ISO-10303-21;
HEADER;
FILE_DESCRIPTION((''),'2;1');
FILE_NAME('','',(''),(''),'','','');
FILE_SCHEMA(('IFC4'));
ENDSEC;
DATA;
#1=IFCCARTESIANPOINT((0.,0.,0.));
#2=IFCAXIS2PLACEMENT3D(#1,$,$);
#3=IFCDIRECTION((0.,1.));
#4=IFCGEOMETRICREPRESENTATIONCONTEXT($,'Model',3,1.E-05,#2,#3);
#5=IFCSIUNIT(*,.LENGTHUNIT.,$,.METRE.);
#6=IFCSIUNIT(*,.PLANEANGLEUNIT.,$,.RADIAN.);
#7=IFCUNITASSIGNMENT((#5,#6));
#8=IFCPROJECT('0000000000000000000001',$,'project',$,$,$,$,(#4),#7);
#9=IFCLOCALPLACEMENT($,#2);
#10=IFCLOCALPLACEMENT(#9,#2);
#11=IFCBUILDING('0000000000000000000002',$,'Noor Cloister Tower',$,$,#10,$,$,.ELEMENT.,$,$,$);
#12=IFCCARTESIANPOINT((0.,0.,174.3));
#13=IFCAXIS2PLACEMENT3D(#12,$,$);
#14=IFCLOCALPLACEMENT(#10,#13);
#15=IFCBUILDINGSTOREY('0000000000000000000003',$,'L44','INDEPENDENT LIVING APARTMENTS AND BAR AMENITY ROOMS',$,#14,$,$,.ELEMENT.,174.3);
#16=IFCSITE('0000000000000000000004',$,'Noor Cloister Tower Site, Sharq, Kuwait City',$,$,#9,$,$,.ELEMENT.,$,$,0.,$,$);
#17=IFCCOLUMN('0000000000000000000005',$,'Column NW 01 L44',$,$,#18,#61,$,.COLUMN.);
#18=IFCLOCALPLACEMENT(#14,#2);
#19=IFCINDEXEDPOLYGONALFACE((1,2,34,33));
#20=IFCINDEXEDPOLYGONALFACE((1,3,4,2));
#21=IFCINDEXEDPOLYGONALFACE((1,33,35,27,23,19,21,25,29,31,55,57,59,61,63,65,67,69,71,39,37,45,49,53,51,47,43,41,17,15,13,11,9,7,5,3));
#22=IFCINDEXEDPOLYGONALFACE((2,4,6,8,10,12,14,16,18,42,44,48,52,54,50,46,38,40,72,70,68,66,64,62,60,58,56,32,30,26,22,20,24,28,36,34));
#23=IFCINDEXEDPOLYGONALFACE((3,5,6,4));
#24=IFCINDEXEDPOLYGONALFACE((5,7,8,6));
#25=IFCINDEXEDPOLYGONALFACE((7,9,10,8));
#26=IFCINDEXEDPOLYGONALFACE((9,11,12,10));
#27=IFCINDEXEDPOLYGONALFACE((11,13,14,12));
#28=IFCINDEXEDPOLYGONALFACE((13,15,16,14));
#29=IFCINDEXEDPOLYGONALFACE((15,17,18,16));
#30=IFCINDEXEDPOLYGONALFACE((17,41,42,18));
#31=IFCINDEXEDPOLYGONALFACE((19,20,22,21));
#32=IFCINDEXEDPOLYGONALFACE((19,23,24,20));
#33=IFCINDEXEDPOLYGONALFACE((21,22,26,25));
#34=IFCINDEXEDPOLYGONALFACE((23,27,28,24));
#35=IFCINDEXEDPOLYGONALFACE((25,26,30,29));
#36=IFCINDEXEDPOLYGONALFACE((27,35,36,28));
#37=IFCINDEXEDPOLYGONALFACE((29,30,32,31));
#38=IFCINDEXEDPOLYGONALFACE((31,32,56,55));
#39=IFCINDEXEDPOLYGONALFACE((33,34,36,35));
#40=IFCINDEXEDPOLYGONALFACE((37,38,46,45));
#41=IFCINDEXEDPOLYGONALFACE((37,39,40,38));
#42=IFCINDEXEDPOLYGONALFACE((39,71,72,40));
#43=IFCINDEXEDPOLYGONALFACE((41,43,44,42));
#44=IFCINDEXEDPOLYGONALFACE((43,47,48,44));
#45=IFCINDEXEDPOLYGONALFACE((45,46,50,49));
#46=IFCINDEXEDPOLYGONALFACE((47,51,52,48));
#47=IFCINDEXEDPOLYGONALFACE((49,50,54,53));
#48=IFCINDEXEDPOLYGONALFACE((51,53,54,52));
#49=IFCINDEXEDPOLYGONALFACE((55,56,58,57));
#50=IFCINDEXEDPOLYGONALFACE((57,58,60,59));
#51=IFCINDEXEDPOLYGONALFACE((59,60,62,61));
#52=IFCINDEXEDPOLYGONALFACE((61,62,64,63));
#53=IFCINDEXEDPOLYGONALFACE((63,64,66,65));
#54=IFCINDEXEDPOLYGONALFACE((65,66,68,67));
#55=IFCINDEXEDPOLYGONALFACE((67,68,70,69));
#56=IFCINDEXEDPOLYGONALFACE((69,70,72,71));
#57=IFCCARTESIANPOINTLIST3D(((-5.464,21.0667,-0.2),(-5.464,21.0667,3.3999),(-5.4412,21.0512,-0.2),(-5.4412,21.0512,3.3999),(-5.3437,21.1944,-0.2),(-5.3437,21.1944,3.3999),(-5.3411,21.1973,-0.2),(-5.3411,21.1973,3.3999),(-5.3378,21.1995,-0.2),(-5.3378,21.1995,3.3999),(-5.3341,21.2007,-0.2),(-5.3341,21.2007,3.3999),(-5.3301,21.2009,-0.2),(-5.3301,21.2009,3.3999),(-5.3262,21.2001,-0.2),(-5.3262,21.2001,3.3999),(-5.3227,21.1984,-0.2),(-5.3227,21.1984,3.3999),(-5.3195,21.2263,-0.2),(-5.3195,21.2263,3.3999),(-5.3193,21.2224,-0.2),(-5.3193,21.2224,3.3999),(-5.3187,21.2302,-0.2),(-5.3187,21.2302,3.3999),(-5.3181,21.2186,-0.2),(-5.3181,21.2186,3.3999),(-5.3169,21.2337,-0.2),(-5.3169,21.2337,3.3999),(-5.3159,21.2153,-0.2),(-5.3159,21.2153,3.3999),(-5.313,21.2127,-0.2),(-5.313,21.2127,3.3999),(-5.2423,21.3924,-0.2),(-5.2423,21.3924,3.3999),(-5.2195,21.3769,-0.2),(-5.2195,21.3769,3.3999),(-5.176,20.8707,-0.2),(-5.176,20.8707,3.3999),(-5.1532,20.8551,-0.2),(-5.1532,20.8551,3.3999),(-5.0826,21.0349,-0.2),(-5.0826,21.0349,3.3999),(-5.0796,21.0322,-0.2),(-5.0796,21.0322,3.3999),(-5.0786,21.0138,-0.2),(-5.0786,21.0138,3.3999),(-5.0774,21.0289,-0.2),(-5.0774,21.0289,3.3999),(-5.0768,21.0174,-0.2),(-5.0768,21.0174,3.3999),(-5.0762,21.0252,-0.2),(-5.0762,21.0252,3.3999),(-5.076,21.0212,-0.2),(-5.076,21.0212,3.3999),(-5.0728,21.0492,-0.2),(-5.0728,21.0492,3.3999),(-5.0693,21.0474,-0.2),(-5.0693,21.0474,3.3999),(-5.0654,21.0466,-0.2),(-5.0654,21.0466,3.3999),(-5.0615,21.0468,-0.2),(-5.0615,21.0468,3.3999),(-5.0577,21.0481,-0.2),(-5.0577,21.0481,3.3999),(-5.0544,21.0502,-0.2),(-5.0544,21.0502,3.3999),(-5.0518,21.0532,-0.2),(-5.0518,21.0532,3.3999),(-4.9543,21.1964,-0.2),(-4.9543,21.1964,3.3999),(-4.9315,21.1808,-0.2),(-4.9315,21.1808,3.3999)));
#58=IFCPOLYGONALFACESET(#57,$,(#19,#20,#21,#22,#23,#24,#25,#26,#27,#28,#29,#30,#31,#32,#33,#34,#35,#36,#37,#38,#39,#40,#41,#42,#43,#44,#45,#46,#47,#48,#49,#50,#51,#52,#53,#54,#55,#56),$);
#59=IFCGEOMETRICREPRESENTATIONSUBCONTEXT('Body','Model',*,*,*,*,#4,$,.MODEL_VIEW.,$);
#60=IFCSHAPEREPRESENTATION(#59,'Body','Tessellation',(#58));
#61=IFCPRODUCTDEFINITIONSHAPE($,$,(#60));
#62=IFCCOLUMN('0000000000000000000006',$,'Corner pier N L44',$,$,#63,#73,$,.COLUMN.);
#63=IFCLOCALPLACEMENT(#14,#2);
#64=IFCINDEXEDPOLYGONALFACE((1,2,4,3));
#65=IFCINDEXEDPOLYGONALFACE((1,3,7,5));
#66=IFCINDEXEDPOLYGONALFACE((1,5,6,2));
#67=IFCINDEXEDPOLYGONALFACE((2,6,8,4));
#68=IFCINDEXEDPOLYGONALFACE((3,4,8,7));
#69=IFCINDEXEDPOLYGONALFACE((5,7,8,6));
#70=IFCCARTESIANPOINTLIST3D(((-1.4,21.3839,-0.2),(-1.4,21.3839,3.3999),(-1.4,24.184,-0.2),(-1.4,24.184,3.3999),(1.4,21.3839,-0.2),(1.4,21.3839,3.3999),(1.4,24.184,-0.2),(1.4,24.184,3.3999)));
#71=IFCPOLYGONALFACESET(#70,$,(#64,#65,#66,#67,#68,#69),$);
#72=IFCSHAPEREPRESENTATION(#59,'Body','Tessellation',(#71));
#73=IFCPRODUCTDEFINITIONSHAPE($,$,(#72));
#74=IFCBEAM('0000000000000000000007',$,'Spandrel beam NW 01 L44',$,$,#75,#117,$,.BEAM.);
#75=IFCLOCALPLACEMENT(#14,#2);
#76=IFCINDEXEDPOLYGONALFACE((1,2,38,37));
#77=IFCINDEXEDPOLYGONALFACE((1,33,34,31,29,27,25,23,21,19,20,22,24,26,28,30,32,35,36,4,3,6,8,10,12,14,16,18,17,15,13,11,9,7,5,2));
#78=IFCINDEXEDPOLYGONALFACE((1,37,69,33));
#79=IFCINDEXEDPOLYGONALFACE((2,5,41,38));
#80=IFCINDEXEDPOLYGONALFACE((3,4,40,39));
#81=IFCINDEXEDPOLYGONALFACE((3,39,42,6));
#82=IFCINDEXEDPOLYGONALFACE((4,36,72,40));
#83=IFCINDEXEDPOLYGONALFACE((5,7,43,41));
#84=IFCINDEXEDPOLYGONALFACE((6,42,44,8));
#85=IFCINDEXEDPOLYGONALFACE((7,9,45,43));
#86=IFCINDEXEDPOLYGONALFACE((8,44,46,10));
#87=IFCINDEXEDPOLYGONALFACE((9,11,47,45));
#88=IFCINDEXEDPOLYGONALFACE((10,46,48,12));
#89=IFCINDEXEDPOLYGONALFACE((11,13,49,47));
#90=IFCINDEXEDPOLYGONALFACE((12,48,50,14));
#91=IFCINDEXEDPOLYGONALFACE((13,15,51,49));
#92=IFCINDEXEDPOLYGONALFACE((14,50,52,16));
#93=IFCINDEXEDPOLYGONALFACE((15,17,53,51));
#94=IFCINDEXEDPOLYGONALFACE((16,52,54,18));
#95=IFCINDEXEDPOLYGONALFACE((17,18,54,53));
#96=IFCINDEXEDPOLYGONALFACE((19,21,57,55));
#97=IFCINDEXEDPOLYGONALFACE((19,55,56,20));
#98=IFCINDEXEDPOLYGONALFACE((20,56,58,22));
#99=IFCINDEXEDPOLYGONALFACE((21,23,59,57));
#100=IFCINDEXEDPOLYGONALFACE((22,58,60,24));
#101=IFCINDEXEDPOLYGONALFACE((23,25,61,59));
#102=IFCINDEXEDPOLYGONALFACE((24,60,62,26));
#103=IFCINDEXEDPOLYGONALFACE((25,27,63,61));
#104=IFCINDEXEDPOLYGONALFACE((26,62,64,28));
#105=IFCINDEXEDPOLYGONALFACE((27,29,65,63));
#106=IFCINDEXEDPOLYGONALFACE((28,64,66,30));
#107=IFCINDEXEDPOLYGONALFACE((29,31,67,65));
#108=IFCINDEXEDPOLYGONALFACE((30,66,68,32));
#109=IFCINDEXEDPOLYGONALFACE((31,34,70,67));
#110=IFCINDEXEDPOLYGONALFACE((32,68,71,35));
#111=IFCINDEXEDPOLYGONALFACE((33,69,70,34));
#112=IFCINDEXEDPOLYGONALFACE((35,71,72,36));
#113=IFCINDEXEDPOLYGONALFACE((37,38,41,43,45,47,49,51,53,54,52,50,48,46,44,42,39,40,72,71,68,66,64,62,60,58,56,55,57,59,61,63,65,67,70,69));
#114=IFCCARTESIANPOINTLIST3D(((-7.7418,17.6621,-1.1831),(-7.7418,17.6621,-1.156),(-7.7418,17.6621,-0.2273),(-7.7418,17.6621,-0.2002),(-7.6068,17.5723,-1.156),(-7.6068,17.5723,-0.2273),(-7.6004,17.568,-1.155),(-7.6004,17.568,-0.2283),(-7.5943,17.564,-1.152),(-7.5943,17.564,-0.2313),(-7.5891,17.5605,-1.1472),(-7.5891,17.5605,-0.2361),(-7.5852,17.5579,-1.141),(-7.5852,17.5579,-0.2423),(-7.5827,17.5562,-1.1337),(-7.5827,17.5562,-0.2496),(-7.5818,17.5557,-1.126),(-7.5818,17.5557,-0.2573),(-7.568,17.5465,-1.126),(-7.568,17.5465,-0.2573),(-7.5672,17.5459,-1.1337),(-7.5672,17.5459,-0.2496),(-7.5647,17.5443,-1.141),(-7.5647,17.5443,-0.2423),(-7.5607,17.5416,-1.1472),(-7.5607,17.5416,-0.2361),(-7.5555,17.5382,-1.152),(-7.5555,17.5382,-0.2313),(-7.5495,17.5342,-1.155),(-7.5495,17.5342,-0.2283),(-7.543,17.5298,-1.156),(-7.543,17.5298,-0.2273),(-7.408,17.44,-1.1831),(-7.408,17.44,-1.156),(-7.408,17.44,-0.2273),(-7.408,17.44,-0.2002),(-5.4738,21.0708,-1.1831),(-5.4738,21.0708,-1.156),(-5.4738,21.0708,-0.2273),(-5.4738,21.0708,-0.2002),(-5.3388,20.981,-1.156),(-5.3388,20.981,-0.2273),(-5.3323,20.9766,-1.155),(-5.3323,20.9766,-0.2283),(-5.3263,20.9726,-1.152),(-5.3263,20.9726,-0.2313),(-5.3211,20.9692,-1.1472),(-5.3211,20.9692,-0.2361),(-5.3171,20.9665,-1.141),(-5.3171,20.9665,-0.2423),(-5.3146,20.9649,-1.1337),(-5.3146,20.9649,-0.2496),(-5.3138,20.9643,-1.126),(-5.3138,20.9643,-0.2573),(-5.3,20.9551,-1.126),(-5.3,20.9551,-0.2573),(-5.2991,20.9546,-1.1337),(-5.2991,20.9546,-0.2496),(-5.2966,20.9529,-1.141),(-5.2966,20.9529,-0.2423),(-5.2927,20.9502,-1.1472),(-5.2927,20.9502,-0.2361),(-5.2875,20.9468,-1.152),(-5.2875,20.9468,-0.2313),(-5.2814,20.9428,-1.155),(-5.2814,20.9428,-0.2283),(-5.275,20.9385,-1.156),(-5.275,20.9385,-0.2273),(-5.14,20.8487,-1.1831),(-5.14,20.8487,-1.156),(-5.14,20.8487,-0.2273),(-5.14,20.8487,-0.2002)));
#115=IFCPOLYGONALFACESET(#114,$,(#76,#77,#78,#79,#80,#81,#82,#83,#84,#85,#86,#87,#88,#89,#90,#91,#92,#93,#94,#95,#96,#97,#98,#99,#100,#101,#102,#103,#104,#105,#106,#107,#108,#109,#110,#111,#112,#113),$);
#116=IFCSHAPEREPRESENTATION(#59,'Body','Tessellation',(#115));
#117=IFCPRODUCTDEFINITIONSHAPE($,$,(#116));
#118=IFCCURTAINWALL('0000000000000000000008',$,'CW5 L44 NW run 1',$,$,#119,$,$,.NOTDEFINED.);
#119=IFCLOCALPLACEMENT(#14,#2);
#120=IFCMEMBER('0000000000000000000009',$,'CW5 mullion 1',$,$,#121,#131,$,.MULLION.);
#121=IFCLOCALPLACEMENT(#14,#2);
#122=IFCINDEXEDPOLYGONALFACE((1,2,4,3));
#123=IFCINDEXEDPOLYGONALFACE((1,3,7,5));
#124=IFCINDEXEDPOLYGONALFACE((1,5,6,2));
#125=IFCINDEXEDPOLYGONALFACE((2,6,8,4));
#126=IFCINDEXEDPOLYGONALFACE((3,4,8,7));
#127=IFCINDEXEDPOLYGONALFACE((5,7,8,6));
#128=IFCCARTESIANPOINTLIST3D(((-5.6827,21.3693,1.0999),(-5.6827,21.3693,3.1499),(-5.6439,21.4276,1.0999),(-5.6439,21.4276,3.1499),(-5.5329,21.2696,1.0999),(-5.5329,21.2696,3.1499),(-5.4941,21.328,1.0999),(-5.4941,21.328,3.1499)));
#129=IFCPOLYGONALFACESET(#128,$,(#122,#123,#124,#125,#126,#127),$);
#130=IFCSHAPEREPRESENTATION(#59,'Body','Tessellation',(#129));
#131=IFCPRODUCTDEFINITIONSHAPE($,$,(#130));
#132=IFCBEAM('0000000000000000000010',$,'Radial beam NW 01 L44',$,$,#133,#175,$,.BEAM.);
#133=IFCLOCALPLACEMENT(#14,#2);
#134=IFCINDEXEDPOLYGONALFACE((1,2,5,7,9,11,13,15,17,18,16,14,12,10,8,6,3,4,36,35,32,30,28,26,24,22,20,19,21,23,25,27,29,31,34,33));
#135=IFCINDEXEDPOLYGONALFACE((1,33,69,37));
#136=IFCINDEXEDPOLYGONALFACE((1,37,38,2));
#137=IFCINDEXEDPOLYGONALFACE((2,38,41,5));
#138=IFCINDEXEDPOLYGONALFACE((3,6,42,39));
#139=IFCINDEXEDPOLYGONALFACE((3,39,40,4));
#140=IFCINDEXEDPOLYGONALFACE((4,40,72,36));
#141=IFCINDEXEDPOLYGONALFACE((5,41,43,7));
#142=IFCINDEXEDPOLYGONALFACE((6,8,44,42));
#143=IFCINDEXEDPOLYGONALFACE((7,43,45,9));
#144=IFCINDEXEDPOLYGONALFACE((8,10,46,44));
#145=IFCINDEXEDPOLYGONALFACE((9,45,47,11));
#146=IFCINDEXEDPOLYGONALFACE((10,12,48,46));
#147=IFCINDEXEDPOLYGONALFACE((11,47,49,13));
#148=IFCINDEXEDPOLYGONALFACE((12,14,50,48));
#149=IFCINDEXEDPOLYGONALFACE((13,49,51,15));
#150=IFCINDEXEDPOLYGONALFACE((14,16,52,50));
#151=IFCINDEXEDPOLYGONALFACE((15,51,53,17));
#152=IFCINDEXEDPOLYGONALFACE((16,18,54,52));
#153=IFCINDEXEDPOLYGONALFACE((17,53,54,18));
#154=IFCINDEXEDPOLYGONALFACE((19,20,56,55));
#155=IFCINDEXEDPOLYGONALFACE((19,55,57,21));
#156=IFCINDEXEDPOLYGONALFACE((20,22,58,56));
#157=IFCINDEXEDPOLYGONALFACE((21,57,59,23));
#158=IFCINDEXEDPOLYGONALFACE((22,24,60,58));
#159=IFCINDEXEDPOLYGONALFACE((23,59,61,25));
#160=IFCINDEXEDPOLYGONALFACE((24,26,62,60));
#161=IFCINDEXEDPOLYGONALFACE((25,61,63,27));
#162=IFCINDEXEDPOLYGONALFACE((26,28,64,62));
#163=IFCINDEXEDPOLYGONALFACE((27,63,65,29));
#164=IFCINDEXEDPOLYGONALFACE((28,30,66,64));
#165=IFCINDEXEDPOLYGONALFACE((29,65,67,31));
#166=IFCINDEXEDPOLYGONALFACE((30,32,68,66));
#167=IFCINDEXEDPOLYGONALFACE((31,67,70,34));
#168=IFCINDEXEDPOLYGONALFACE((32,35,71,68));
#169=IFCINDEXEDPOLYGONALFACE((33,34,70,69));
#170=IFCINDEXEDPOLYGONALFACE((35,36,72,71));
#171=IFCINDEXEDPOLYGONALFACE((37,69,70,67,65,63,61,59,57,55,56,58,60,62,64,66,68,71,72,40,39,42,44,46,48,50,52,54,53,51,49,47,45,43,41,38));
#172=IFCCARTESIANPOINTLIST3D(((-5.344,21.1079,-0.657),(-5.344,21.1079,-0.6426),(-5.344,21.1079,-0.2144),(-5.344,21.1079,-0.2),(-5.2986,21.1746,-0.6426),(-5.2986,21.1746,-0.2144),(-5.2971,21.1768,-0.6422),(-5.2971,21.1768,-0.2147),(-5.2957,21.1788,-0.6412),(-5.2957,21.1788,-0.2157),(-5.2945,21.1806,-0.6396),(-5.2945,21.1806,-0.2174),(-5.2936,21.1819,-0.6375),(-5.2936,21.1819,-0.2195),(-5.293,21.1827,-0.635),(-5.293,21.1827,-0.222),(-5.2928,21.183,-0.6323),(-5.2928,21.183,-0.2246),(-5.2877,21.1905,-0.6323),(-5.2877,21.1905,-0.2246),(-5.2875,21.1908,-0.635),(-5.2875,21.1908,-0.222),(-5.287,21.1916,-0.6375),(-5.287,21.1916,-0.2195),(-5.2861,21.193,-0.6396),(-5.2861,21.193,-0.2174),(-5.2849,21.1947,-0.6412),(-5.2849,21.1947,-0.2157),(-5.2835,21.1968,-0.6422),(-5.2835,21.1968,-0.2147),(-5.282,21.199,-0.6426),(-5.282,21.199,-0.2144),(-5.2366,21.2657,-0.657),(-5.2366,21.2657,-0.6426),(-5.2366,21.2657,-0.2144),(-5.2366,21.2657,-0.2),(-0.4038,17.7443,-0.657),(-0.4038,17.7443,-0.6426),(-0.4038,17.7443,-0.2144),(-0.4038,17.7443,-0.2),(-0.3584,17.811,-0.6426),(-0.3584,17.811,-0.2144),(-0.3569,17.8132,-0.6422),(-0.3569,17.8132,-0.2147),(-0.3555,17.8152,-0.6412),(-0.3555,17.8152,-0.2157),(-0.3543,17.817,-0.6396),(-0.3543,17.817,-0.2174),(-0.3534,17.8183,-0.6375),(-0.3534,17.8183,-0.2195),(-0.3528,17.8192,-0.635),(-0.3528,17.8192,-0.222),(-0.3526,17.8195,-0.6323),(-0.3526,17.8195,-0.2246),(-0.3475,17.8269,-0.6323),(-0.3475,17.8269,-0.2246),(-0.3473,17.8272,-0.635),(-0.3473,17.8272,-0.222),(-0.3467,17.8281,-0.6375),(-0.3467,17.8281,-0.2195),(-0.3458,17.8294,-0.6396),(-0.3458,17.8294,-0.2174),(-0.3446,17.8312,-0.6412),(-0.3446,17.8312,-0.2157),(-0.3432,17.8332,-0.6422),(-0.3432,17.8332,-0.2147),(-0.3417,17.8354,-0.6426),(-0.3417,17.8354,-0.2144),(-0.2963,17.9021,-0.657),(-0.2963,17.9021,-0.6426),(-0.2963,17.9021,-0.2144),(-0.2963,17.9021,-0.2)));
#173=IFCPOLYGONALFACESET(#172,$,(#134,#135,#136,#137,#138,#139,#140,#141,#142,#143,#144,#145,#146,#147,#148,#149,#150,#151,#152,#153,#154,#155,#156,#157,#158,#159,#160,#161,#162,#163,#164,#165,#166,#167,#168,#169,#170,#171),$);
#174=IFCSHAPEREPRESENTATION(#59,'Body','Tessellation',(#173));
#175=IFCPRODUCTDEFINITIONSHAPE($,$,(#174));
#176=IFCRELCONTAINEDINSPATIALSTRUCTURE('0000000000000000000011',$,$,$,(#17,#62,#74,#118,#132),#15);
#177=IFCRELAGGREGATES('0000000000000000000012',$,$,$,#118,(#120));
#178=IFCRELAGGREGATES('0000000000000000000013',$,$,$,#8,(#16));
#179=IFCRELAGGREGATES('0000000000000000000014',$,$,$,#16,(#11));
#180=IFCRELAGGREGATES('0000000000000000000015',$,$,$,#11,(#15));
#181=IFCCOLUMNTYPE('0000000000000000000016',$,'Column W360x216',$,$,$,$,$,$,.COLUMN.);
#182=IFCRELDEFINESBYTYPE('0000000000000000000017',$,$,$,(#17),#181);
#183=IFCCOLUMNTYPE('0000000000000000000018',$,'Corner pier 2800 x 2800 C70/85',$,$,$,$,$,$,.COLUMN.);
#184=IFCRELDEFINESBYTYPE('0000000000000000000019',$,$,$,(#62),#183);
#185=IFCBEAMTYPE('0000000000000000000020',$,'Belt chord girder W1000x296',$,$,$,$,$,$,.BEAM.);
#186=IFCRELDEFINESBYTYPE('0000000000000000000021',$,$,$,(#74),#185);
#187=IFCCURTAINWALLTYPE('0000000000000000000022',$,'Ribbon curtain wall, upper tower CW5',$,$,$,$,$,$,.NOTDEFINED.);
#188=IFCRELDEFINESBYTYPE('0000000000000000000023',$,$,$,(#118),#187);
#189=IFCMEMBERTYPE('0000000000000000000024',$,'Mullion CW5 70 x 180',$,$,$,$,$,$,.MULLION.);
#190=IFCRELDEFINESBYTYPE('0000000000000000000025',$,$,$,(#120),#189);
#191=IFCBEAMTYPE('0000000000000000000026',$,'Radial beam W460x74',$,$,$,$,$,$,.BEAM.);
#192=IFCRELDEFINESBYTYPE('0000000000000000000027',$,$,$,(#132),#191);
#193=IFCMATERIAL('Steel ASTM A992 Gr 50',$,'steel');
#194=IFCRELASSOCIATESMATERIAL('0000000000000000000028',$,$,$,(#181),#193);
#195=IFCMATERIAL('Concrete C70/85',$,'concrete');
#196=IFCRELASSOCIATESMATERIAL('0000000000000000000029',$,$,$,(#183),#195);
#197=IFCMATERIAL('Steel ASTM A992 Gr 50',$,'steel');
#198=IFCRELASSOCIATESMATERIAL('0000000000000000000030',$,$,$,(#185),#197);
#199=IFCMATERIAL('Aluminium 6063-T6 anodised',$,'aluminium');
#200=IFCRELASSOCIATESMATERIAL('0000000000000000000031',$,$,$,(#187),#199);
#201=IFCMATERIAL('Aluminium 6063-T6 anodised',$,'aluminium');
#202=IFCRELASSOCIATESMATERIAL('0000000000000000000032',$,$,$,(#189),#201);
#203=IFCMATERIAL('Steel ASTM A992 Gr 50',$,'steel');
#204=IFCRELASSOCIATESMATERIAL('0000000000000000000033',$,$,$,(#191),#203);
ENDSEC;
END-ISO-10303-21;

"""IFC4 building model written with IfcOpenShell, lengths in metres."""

from ifc_helpers import new_model, si_unit, direction, frame, origin, origin_2d, place, context, subcontext, project, spatial, rectangle, i_section, extrude, material, material_profile, profile_set, type_object, element, aggregate, save


model = new_model("IFC4")

# Units and contexts
model_context = context("Model", 3, precision=1e-05, world=origin(), true_north=direction((0.0, 1.0)))
body_context = subcontext(model_context, "Body", "Model", "MODEL_VIEW")
ifc_project = project(units=[si_unit("LENGTHUNIT", "METRE"), si_unit("PLANEANGLEUNIT", "RADIAN")], contexts=[model_context])

# Site, building, storey
site_placement = place(None, origin())
site = spatial("IfcSite", under=ifc_project, at=site_placement, Name="Noor Cloister Tower Site, Sharq, Kuwait City", CompositionType="ELEMENT", RefElevation=0.0)
building_placement = place(site_placement, origin())
building = spatial("IfcBuilding", under=site, at=building_placement, Name="Noor Cloister Tower", CompositionType="ELEMENT")
storey_placement = place(building_placement, frame((0.0, 0.0, 174.3)))
storey = spatial("IfcBuildingStorey", under=building, at=storey_placement, Name="L44", Description="INDEPENDENT LIVING APARTMENTS AND BAR AMENITY ROOMS", CompositionType="ELEMENT", Elevation=174.3)

# Columns
ifc_material_1 = material(Name="Steel ASTM A992 Gr 50", Category="steel")
ifc_material_profile_1 = material_profile(ifc_material_1, i_section(OverallWidth=0.394, OverallDepth=0.376, WebThickness=0.0173, FlangeThickness=0.0276, FilletRadius=0.0151, at=origin_2d()), Name="W360x216")
ifc_profile_set_1 = profile_set([ifc_material_profile_1], Name="Steel ASTM A992 Gr 50")
column_type_1 = type_object("IfcColumnType", Name="Column W360x216", PredefinedType="COLUMN", material=ifc_profile_set_1)
column_1_placement = place(storey_placement, frame((-5.1978, 21.1238, -0.2), z_axis=(0.0, 0.0, 1.0), x_axis=(-0.562771, -0.826613, 0.0)))
element("IfcColumn", 1, at=column_1_placement, inside=storey, type_object=column_type_1, Name="Column NW 01 L44", PredefinedType="COLUMN", context=body_context, shape_type="SweptSolid", body=[
    extrude(i_section(OverallWidth=0.394, OverallDepth=0.376, WebThickness=0.0173, FlangeThickness=0.0276, FilletRadius=0.0151, at=origin_2d()), origin(), (0.0, 0.0, 1.0), 3.5999),
])
ifc_material_2 = material(Name="Concrete C70/85", Category="concrete")
ifc_material_profile_2 = material_profile(ifc_material_2, rectangle(XDim=2.8, YDim=2.8, at=origin_2d()), Name="RC 2800x2800")
ifc_profile_set_2 = profile_set([ifc_material_profile_2], Name="Concrete C70/85")
column_type_2 = type_object("IfcColumnType", Name="Corner pier 2800 x 2800 C70/85", PredefinedType="COLUMN", material=ifc_profile_set_2)
column_2_placement = place(storey_placement, frame((0.0, 22.7839, -0.2), z_axis=(0.0, 0.0, 1.0), x_axis=(0.0, 1.0, 0.0)))
element("IfcColumn", 2, at=column_2_placement, inside=storey, type_object=column_type_2, Name="Corner pier N L44", PredefinedType="COLUMN", context=body_context, shape_type="SweptSolid", body=[
    extrude(rectangle(XDim=2.8, YDim=2.8, at=origin_2d()), origin(), (0.0, 0.0, 1.0), 3.5999),
])

# Beam
ifc_material_3 = material(Name="Steel ASTM A992 Gr 50", Category="steel")
ifc_material_profile_3 = material_profile(ifc_material_3, i_section(OverallWidth=0.4009, OverallDepth=0.9829, WebThickness=0.0166, FlangeThickness=0.0271, FilletRadius=0.03, at=origin_2d()), Name="W1000x296")
ifc_profile_set_3 = profile_set([ifc_material_profile_3], Name="Steel ASTM A992 Gr 50")
beam_type_1 = type_object("IfcBeamType", Name="Belt chord girder W1000x296", PredefinedType="BEAM", material=ifc_profile_set_3)
beam_1_placement = place(storey_placement, frame((-5.3069, 20.9597, -0.6917), z_axis=(-0.553957, -0.832545, 0.0), x_axis=(0.832545, -0.553957, 0.0)))
element("IfcBeam", 3, at=beam_1_placement, inside=storey, type_object=beam_type_1, Name="Spandrel beam NW 01 L44", PredefinedType="BEAM", context=body_context, shape_type="SweptSolid", body=[
    extrude(i_section(OverallWidth=0.4009, OverallDepth=0.9829, WebThickness=0.0166, FlangeThickness=0.0271, FilletRadius=0.03, at=origin_2d()), origin(), (0.0, 0.0, 1.0), 4.0942),
])

# Curtain wall, member
ifc_material_4 = material(Name="Aluminium 6063-T6 anodised", Category="aluminium")
curtain_wall_type = type_object("IfcCurtainWallType", Name="Ribbon curtain wall, upper tower CW5", PredefinedType="NOTDEFINED", material=ifc_material_4)
curtain_wall_placement = place(storey_placement, origin())
curtain_wall = element("IfcCurtainWall", 4, at=curtain_wall_placement, inside=storey, type_object=curtain_wall_type, Name="CW5 L44 NW run 1", PredefinedType="NOTDEFINED")
ifc_material_5 = material(Name="Aluminium 6063-T6 anodised", Category="aluminium")
ifc_material_profile_4 = material_profile(ifc_material_5, rectangle(XDim=0.1799, YDim=0.0701, at=origin_2d()), Name="180 x 70 mullion")
ifc_profile_set_4 = profile_set([ifc_material_profile_4], Name="Aluminium 6063-T6 anodised")
member_type = type_object("IfcMemberType", Name="Mullion CW5 70 x 180", PredefinedType="MULLION", material=ifc_profile_set_4)
member_placement = place(storey_placement, frame((-5.5884, 21.3486, 1.0999), z_axis=(0.0, 0.0, 1.0), x_axis=(0.832527, -0.553985, 0.0)))
member = element("IfcMember", 5, at=member_placement, type_object=member_type, Name="CW5 mullion 1", PredefinedType="MULLION", context=body_context, shape_type="SweptSolid", body=[
    extrude(rectangle(XDim=0.1799, YDim=0.0701, at=origin_2d()), origin(), (0.0, 0.0, 1.0), 2.05),
])

# Beam
ifc_material_6 = material(Name="Steel ASTM A992 Gr 50", Category="steel")
ifc_material_profile_5 = material_profile(ifc_material_6, i_section(OverallWidth=0.1909, OverallDepth=0.457, WebThickness=0.009, FlangeThickness=0.0144, FilletRadius=0.0103, at=origin_2d()), Name="W460x74")
ifc_profile_set_5 = profile_set([ifc_material_profile_5], Name="Steel ASTM A992 Gr 50")
beam_type_2 = type_object("IfcBeamType", Name="Radial beam W460x74", PredefinedType="BEAM", material=ifc_profile_set_5)
beam_2_placement = place(storey_placement, frame((-5.2903, 21.1868, -0.4285), z_axis=(0.8266, -0.56279, 0.0), x_axis=(0.56279, 0.8266, 0.0)))
element("IfcBeam", 6, at=beam_2_placement, inside=storey, type_object=beam_type_2, Name="Radial beam NW 01 L44", PredefinedType="BEAM", context=body_context, shape_type="SweptSolid", body=[
    extrude(i_section(OverallWidth=0.1909, OverallDepth=0.457, WebThickness=0.009, FlangeThickness=0.0144, FilletRadius=0.0103, at=origin_2d()), origin(), (0.0, 0.0, 1.0), 5.9766),
])

aggregate(curtain_wall, [member])

save(model, "model.ifc")
